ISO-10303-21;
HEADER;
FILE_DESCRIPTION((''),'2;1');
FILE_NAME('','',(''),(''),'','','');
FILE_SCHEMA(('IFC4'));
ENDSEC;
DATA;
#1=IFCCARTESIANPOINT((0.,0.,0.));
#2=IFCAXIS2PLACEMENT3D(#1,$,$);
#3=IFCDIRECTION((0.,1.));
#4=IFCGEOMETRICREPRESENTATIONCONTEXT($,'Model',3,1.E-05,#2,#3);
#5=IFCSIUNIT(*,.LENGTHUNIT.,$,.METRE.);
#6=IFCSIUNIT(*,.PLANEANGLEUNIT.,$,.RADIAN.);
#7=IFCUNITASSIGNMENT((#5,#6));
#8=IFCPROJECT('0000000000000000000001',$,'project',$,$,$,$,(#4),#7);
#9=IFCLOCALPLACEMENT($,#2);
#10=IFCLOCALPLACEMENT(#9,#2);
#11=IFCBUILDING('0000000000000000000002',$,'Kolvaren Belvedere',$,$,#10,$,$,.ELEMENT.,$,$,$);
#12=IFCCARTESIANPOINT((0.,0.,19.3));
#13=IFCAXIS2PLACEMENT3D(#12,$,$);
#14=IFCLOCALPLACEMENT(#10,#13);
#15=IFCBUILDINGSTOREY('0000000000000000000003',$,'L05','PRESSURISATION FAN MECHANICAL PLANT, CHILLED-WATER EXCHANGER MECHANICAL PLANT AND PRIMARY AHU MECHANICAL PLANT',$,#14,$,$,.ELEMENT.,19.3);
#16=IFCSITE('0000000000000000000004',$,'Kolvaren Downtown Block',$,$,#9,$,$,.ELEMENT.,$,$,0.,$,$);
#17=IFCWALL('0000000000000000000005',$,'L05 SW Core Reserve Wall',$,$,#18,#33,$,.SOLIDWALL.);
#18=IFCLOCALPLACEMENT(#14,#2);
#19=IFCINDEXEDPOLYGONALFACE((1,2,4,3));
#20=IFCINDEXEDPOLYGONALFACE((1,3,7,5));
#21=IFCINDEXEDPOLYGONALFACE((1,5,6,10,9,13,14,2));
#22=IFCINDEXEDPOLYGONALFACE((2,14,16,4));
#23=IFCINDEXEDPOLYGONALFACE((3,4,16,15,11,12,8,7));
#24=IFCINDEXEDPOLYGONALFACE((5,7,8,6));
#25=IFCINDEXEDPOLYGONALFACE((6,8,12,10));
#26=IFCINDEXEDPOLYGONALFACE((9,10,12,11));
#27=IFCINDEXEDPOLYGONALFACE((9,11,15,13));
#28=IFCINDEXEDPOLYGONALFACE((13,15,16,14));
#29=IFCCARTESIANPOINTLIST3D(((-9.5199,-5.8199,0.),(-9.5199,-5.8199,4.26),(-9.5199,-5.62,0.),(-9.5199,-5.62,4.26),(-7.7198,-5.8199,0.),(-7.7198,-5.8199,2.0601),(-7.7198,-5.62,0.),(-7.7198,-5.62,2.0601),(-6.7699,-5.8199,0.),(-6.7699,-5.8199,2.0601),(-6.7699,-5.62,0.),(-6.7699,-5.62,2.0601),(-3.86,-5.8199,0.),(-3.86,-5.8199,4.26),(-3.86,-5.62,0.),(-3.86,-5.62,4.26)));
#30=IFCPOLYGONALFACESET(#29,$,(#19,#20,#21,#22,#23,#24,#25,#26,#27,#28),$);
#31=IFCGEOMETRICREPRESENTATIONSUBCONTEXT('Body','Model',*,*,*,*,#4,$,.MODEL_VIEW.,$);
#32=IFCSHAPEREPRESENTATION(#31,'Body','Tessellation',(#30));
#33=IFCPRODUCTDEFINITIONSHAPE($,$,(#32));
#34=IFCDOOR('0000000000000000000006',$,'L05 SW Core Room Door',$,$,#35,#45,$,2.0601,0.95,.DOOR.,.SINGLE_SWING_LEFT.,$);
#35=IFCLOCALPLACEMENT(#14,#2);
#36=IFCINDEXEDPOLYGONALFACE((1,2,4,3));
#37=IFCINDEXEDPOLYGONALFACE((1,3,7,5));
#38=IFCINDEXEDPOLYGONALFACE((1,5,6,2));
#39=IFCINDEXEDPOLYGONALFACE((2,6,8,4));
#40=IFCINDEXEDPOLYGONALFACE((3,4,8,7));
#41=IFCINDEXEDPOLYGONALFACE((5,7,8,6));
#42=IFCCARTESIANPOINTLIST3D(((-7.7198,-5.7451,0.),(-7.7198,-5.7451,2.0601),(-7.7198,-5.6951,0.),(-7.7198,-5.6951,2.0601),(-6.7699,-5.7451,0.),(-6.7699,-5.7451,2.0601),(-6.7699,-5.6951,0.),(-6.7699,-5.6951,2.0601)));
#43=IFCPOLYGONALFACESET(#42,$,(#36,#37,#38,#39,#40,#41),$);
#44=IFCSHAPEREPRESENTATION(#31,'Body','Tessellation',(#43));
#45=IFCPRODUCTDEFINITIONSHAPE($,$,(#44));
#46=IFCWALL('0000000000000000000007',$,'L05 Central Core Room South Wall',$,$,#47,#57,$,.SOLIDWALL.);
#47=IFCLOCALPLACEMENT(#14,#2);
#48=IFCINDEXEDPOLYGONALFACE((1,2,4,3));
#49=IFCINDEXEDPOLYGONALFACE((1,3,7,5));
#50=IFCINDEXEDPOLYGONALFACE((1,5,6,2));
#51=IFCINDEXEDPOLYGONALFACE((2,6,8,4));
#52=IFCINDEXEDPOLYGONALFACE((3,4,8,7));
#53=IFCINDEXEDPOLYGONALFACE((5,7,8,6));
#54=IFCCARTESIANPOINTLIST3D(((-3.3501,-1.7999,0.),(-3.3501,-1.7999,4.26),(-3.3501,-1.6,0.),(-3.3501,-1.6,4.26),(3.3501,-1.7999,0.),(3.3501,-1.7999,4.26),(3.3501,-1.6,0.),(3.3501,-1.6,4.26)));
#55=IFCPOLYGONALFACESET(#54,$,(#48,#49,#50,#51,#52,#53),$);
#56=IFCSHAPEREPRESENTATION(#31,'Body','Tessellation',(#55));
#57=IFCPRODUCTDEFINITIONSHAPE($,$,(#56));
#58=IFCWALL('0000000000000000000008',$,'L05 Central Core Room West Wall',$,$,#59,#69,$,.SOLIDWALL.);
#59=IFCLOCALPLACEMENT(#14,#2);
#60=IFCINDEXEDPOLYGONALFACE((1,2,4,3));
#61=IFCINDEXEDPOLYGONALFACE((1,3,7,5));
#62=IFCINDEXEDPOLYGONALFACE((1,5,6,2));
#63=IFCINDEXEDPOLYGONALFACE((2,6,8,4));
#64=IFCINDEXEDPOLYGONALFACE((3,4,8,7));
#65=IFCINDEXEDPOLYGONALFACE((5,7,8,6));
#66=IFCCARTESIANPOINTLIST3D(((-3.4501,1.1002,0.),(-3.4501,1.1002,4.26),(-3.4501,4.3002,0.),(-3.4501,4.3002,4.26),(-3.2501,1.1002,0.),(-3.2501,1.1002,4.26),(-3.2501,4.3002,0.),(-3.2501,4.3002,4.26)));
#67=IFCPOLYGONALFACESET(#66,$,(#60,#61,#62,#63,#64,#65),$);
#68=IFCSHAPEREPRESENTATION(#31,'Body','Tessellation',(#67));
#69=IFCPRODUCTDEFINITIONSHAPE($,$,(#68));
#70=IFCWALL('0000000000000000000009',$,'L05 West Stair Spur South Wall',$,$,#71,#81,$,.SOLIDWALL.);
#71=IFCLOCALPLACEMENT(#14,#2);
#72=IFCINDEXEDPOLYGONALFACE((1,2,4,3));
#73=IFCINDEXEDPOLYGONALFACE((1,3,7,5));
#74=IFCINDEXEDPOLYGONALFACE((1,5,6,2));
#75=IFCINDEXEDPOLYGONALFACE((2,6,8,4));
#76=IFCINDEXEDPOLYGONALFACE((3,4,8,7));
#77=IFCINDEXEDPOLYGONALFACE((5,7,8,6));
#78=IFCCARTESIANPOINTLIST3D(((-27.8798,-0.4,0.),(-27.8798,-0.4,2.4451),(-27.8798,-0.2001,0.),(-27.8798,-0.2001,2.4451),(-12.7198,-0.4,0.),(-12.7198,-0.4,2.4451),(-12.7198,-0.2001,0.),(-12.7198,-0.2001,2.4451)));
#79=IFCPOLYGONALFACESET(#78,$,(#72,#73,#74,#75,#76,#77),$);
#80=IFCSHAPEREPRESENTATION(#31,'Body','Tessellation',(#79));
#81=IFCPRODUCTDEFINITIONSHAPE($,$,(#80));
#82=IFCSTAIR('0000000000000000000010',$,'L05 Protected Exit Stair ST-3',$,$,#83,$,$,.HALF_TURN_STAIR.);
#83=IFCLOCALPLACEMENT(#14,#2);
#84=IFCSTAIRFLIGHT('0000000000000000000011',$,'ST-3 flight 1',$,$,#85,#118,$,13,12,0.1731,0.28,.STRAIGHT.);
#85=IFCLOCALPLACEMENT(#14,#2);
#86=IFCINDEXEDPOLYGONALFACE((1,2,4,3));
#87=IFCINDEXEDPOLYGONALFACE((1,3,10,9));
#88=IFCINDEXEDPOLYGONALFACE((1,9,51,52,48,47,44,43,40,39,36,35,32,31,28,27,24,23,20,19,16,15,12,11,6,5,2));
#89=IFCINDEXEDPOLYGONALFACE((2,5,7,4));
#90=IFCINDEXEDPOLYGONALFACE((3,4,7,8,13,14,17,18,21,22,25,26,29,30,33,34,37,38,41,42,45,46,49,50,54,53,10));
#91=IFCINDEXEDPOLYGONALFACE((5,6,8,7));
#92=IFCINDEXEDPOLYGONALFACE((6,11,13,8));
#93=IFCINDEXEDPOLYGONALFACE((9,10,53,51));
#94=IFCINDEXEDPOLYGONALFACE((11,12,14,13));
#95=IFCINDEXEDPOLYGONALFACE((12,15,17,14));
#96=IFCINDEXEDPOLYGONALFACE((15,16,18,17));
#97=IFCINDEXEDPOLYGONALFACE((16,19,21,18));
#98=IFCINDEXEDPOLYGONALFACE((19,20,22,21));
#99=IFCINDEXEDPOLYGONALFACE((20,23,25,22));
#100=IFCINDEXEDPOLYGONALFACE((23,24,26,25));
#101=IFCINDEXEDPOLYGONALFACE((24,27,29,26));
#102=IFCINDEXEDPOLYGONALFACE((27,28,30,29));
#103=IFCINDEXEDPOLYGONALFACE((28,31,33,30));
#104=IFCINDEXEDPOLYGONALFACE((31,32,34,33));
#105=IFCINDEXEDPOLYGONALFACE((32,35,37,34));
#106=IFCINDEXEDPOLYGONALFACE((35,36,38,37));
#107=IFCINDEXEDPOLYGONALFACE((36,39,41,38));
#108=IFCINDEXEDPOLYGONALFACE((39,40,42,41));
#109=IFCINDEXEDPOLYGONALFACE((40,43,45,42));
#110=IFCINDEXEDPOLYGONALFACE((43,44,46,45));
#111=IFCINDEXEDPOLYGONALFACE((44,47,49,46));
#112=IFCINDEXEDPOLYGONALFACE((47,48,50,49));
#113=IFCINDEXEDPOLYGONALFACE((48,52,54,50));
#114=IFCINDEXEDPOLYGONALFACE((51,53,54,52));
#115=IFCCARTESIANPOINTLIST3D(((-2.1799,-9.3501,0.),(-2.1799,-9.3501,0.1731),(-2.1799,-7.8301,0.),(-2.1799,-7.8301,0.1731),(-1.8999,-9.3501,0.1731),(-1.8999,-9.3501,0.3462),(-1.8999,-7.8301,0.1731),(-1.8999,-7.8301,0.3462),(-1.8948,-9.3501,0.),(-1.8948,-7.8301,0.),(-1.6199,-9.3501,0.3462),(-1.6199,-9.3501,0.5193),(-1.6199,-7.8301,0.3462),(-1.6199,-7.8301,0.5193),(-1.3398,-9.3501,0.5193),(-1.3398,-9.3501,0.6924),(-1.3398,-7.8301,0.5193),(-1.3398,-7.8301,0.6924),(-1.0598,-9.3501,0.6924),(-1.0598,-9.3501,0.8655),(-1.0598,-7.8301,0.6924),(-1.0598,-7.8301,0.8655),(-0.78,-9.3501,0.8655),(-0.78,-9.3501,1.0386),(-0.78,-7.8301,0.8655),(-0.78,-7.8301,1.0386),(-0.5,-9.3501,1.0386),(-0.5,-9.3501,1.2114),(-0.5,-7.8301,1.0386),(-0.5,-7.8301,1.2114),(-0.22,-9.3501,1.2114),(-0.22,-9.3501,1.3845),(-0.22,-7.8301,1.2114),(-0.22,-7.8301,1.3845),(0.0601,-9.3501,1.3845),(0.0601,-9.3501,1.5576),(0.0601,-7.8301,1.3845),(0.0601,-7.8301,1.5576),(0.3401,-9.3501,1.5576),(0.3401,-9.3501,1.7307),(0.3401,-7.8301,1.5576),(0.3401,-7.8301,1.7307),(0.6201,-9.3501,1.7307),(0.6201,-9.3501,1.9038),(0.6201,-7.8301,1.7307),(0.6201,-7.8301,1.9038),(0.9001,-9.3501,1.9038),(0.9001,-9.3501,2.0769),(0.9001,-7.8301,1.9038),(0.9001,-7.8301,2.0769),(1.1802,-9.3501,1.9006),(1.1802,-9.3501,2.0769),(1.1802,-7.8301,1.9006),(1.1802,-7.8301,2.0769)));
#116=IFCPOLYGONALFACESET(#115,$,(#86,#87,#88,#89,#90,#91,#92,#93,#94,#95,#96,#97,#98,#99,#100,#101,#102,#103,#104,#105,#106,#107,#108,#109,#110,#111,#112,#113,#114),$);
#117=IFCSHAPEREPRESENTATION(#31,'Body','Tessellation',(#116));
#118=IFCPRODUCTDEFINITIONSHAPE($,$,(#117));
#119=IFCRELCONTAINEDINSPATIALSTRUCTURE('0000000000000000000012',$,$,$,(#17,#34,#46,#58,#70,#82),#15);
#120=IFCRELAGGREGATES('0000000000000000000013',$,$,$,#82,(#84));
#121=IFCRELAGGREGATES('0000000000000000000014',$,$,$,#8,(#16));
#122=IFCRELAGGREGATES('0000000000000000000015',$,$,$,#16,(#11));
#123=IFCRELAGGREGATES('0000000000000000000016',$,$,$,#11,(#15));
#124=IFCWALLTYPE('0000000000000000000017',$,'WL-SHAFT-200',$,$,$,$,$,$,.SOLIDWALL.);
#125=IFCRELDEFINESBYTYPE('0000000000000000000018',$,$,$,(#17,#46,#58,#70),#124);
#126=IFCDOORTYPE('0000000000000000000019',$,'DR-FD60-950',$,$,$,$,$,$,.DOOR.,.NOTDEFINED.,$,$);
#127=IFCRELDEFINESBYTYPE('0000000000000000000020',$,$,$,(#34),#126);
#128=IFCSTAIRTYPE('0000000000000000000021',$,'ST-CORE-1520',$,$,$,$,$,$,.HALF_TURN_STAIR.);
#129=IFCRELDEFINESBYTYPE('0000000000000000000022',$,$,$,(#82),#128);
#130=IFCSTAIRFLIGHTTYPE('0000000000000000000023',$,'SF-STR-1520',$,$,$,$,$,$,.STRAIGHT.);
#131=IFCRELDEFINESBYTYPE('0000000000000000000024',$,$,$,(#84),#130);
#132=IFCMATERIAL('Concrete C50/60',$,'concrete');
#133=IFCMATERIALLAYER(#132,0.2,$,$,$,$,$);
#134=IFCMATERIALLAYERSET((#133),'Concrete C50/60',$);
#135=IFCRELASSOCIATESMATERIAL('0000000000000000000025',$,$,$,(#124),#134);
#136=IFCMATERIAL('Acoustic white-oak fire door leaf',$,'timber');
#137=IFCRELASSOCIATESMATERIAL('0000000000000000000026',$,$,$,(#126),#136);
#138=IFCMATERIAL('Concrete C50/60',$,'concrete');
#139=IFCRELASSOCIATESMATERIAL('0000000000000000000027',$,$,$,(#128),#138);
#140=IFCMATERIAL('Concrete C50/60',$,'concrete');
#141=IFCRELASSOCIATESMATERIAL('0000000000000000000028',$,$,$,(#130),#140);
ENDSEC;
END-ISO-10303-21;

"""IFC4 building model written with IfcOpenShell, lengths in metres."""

from ifc_helpers import new_model, si_unit, direction, frame, frame_2d, origin, place, context, subcontext, project, spatial, polyline, rectangle, outline, extrude, material, layer, layer_set, type_object, element, fill, aggregate, save


model = new_model("IFC4")

# Units and contexts
model_context = context("Model", 3, precision=1e-05, world=origin(), true_north=direction((0.0, 1.0)))
body_context = subcontext(model_context, "Body", "Model", "MODEL_VIEW")
ifc_project = project(units=[si_unit("LENGTHUNIT", "METRE"), si_unit("PLANEANGLEUNIT", "RADIAN")], contexts=[model_context])

# Site, building, storey
site_placement = place(None, origin())
site = spatial("IfcSite", under=ifc_project, at=site_placement, Name="Kolvaren Downtown Block", CompositionType="ELEMENT", RefElevation=0.0)
building_placement = place(site_placement, origin())
building = spatial("IfcBuilding", under=site, at=building_placement, Name="Kolvaren Belvedere", CompositionType="ELEMENT")
storey_placement = place(building_placement, frame((0.0, 0.0, 19.3)))
storey = spatial("IfcBuildingStorey", under=building, at=storey_placement, Name="L05", Description="PRESSURISATION FAN MECHANICAL PLANT, CHILLED-WATER EXCHANGER MECHANICAL PLANT AND PRIMARY AHU MECHANICAL PLANT", CompositionType="ELEMENT", Elevation=19.3)

# Shared definitions
ifc_material_1 = material(Name="Concrete C50/60", Category="concrete")
ifc_layer_1 = layer(ifc_material_1, 0.2)
ifc_layer_set_1 = layer_set([ifc_layer_1], Name="Concrete C50/60")
wall_type_1 = type_object("IfcWallType", Name="WL-SHAFT-200", PredefinedType="SOLIDWALL", material=ifc_layer_set_1)
ifc_material_2 = material(Name="Acoustic white-oak fire door leaf", Category="timber")
door_type_1 = type_object("IfcDoorType", Name="DR-FD60-950", OperationType="NOTDEFINED", PredefinedType="DOOR", material=ifc_material_2)

# Wall, opening, door
wall_1_placement = place(storey_placement, frame((-9.52, -5.72, 0.0), z_axis=(0.0, 0.0, 1.0), x_axis=(1.0, 0.0, 0.0)))
wall_1 = element("IfcWall", 1, at=wall_1_placement, inside=storey, type_object=wall_type_1, Name="L05 SW Core Reserve Wall", PredefinedType="SOLIDWALL", context=body_context, shape_type="SweptSolid", body=[
    extrude(rectangle(XDim=5.6599, YDim=0.2, at=frame_2d((2.8301, 0.0))), origin(), (0.0, 0.0, 1.0), 4.26),
])
opening_1_placement = place(wall_1_placement, frame((1.8, 0.0, 0.0)))
opening_1 = element("IfcOpeningElement", 2, at=opening_1_placement, cuts=wall_1, PredefinedType="OPENING", context=body_context, shape_type="SweptSolid", body=[
    extrude(rectangle(XDim=0.95, YDim=2.0601, at=frame_2d((0.4751, 1.03))), frame((0.0, 0.1099, 0.0), z_axis=(0.0, -1.0, 0.0), x_axis=(1.0, 0.0, 0.0)), (0.0, 0.0, 1.0), 0.22),
])
door_1_placement = place(opening_1_placement, origin())
door_1 = element("IfcDoor", 3, at=door_1_placement, inside=storey, type_object=door_type_1, Name="L05 SW Core Room Door", OperationType="SINGLE_SWING_LEFT", OverallHeight=2.0601, OverallWidth=0.95, PredefinedType="DOOR", context=body_context, shape_type="SweptSolid", body=[
    extrude(rectangle(XDim=0.95, YDim=2.0601, at=frame_2d((0.4751, 1.03))), frame((0.0, 0.0249, 0.0), z_axis=(0.0, -1.0, 0.0), x_axis=(1.0, 0.0, 0.0)), (0.0, 0.0, 1.0), 0.05),
])
fill(opening_1, door_1)

# Walls
wall_2_placement = place(storey_placement, frame((-3.3501, -1.7, 0.0), z_axis=(0.0, 0.0, 1.0), x_axis=(1.0, 0.0, 0.0)))
element("IfcWall", 4, at=wall_2_placement, inside=storey, type_object=wall_type_1, Name="L05 Central Core Room South Wall", PredefinedType="SOLIDWALL", context=body_context, shape_type="SweptSolid", body=[
    extrude(rectangle(XDim=6.7002, YDim=0.2, at=frame_2d((3.3501, 0.0))), origin(), (0.0, 0.0, 1.0), 4.26),
])
wall_3_placement = place(storey_placement, frame((-3.3501, 1.1001, 0.0), z_axis=(0.0, 0.0, 1.0), x_axis=(0.0, 1.0, 0.0)))
element("IfcWall", 5, at=wall_3_placement, inside=storey, type_object=wall_type_1, Name="L05 Central Core Room West Wall", PredefinedType="SOLIDWALL", context=body_context, shape_type="SweptSolid", body=[
    extrude(rectangle(XDim=3.2, YDim=0.2, at=frame_2d((1.6001, 0.0))), origin(), (0.0, 0.0, 1.0), 4.26),
])
wall_4_placement = place(storey_placement, frame((-27.8799, -0.3, 0.0), z_axis=(0.0, 0.0, 1.0), x_axis=(1.0, 0.0, 0.0)))
element("IfcWall", 6, at=wall_4_placement, inside=storey, type_object=wall_type_1, Name="L05 West Stair Spur South Wall", PredefinedType="SOLIDWALL", context=body_context, shape_type="SweptSolid", body=[
    extrude(rectangle(XDim=15.1599, YDim=0.2, at=frame_2d((7.5801, 0.0))), origin(), (0.0, 0.0, 1.0), 2.4451),
])

# Stair, stair flight
ifc_material_3 = material(Name="Concrete C50/60", Category="concrete")
stair_type = type_object("IfcStairType", Name="ST-CORE-1520", PredefinedType="HALF_TURN_STAIR", material=ifc_material_3)
stair_placement = place(storey_placement, origin())
stair = element("IfcStair", 7, at=stair_placement, inside=storey, type_object=stair_type, Name="L05 Protected Exit Stair ST-3", PredefinedType="HALF_TURN_STAIR")
ifc_material_4 = material(Name="Concrete C50/60", Category="concrete")
stair_flight_type = type_object("IfcStairFlightType", Name="SF-STR-1520", PredefinedType="STRAIGHT", material=ifc_material_4)
stair_flight_placement = place(storey_placement, frame((-2.1799, -8.5901, 0.0), z_axis=(0.0, 0.0, 1.0), x_axis=(1.0, 0.0, 0.0)))
stair_flight = element("IfcStairFlight", 8, at=stair_flight_placement, type_object=stair_flight_type, Name="ST-3 flight 1", NumberOfRisers=13, NumberOfTreads=12, PredefinedType="STRAIGHT", RiserHeight=0.1731, TreadLength=0.28, context=body_context, shape_type="SweptSolid", body=[
    extrude(outline(polyline([(0.0, 0.0), (0.0, 0.1731), (0.28, 0.1731), (0.28, 0.3462), (0.5601, 0.3462), (0.5601, 0.5193), (0.8401, 0.5193), (0.8401, 0.6924), (1.1201, 0.6924), (1.1201, 0.8655), (1.3999, 0.8655), (1.3999, 1.0386), (1.6799, 1.0386), (1.6799, 1.2114), (1.96, 1.2114), (1.96, 1.3845), (2.24, 1.3845), (2.24, 1.5576), (2.52, 1.5576), (2.52, 1.7307), (2.8, 1.7307), (2.8, 1.9038), (3.0801, 1.9038), (3.0801, 2.0769), (3.3601, 2.0769), (3.3601, 2.25), (3.3601, 1.9006), (0.2852, 0.0), (0.0, 0.0)])), frame((0.0, 0.76, 0.0), z_axis=(0.0, -1.0, 0.0), x_axis=(1.0, 0.0, 0.0)), (0.0, 0.0, 1.0), 1.52),
])
aggregate(stair, [stair_flight])

save(model, "model.ifc")
